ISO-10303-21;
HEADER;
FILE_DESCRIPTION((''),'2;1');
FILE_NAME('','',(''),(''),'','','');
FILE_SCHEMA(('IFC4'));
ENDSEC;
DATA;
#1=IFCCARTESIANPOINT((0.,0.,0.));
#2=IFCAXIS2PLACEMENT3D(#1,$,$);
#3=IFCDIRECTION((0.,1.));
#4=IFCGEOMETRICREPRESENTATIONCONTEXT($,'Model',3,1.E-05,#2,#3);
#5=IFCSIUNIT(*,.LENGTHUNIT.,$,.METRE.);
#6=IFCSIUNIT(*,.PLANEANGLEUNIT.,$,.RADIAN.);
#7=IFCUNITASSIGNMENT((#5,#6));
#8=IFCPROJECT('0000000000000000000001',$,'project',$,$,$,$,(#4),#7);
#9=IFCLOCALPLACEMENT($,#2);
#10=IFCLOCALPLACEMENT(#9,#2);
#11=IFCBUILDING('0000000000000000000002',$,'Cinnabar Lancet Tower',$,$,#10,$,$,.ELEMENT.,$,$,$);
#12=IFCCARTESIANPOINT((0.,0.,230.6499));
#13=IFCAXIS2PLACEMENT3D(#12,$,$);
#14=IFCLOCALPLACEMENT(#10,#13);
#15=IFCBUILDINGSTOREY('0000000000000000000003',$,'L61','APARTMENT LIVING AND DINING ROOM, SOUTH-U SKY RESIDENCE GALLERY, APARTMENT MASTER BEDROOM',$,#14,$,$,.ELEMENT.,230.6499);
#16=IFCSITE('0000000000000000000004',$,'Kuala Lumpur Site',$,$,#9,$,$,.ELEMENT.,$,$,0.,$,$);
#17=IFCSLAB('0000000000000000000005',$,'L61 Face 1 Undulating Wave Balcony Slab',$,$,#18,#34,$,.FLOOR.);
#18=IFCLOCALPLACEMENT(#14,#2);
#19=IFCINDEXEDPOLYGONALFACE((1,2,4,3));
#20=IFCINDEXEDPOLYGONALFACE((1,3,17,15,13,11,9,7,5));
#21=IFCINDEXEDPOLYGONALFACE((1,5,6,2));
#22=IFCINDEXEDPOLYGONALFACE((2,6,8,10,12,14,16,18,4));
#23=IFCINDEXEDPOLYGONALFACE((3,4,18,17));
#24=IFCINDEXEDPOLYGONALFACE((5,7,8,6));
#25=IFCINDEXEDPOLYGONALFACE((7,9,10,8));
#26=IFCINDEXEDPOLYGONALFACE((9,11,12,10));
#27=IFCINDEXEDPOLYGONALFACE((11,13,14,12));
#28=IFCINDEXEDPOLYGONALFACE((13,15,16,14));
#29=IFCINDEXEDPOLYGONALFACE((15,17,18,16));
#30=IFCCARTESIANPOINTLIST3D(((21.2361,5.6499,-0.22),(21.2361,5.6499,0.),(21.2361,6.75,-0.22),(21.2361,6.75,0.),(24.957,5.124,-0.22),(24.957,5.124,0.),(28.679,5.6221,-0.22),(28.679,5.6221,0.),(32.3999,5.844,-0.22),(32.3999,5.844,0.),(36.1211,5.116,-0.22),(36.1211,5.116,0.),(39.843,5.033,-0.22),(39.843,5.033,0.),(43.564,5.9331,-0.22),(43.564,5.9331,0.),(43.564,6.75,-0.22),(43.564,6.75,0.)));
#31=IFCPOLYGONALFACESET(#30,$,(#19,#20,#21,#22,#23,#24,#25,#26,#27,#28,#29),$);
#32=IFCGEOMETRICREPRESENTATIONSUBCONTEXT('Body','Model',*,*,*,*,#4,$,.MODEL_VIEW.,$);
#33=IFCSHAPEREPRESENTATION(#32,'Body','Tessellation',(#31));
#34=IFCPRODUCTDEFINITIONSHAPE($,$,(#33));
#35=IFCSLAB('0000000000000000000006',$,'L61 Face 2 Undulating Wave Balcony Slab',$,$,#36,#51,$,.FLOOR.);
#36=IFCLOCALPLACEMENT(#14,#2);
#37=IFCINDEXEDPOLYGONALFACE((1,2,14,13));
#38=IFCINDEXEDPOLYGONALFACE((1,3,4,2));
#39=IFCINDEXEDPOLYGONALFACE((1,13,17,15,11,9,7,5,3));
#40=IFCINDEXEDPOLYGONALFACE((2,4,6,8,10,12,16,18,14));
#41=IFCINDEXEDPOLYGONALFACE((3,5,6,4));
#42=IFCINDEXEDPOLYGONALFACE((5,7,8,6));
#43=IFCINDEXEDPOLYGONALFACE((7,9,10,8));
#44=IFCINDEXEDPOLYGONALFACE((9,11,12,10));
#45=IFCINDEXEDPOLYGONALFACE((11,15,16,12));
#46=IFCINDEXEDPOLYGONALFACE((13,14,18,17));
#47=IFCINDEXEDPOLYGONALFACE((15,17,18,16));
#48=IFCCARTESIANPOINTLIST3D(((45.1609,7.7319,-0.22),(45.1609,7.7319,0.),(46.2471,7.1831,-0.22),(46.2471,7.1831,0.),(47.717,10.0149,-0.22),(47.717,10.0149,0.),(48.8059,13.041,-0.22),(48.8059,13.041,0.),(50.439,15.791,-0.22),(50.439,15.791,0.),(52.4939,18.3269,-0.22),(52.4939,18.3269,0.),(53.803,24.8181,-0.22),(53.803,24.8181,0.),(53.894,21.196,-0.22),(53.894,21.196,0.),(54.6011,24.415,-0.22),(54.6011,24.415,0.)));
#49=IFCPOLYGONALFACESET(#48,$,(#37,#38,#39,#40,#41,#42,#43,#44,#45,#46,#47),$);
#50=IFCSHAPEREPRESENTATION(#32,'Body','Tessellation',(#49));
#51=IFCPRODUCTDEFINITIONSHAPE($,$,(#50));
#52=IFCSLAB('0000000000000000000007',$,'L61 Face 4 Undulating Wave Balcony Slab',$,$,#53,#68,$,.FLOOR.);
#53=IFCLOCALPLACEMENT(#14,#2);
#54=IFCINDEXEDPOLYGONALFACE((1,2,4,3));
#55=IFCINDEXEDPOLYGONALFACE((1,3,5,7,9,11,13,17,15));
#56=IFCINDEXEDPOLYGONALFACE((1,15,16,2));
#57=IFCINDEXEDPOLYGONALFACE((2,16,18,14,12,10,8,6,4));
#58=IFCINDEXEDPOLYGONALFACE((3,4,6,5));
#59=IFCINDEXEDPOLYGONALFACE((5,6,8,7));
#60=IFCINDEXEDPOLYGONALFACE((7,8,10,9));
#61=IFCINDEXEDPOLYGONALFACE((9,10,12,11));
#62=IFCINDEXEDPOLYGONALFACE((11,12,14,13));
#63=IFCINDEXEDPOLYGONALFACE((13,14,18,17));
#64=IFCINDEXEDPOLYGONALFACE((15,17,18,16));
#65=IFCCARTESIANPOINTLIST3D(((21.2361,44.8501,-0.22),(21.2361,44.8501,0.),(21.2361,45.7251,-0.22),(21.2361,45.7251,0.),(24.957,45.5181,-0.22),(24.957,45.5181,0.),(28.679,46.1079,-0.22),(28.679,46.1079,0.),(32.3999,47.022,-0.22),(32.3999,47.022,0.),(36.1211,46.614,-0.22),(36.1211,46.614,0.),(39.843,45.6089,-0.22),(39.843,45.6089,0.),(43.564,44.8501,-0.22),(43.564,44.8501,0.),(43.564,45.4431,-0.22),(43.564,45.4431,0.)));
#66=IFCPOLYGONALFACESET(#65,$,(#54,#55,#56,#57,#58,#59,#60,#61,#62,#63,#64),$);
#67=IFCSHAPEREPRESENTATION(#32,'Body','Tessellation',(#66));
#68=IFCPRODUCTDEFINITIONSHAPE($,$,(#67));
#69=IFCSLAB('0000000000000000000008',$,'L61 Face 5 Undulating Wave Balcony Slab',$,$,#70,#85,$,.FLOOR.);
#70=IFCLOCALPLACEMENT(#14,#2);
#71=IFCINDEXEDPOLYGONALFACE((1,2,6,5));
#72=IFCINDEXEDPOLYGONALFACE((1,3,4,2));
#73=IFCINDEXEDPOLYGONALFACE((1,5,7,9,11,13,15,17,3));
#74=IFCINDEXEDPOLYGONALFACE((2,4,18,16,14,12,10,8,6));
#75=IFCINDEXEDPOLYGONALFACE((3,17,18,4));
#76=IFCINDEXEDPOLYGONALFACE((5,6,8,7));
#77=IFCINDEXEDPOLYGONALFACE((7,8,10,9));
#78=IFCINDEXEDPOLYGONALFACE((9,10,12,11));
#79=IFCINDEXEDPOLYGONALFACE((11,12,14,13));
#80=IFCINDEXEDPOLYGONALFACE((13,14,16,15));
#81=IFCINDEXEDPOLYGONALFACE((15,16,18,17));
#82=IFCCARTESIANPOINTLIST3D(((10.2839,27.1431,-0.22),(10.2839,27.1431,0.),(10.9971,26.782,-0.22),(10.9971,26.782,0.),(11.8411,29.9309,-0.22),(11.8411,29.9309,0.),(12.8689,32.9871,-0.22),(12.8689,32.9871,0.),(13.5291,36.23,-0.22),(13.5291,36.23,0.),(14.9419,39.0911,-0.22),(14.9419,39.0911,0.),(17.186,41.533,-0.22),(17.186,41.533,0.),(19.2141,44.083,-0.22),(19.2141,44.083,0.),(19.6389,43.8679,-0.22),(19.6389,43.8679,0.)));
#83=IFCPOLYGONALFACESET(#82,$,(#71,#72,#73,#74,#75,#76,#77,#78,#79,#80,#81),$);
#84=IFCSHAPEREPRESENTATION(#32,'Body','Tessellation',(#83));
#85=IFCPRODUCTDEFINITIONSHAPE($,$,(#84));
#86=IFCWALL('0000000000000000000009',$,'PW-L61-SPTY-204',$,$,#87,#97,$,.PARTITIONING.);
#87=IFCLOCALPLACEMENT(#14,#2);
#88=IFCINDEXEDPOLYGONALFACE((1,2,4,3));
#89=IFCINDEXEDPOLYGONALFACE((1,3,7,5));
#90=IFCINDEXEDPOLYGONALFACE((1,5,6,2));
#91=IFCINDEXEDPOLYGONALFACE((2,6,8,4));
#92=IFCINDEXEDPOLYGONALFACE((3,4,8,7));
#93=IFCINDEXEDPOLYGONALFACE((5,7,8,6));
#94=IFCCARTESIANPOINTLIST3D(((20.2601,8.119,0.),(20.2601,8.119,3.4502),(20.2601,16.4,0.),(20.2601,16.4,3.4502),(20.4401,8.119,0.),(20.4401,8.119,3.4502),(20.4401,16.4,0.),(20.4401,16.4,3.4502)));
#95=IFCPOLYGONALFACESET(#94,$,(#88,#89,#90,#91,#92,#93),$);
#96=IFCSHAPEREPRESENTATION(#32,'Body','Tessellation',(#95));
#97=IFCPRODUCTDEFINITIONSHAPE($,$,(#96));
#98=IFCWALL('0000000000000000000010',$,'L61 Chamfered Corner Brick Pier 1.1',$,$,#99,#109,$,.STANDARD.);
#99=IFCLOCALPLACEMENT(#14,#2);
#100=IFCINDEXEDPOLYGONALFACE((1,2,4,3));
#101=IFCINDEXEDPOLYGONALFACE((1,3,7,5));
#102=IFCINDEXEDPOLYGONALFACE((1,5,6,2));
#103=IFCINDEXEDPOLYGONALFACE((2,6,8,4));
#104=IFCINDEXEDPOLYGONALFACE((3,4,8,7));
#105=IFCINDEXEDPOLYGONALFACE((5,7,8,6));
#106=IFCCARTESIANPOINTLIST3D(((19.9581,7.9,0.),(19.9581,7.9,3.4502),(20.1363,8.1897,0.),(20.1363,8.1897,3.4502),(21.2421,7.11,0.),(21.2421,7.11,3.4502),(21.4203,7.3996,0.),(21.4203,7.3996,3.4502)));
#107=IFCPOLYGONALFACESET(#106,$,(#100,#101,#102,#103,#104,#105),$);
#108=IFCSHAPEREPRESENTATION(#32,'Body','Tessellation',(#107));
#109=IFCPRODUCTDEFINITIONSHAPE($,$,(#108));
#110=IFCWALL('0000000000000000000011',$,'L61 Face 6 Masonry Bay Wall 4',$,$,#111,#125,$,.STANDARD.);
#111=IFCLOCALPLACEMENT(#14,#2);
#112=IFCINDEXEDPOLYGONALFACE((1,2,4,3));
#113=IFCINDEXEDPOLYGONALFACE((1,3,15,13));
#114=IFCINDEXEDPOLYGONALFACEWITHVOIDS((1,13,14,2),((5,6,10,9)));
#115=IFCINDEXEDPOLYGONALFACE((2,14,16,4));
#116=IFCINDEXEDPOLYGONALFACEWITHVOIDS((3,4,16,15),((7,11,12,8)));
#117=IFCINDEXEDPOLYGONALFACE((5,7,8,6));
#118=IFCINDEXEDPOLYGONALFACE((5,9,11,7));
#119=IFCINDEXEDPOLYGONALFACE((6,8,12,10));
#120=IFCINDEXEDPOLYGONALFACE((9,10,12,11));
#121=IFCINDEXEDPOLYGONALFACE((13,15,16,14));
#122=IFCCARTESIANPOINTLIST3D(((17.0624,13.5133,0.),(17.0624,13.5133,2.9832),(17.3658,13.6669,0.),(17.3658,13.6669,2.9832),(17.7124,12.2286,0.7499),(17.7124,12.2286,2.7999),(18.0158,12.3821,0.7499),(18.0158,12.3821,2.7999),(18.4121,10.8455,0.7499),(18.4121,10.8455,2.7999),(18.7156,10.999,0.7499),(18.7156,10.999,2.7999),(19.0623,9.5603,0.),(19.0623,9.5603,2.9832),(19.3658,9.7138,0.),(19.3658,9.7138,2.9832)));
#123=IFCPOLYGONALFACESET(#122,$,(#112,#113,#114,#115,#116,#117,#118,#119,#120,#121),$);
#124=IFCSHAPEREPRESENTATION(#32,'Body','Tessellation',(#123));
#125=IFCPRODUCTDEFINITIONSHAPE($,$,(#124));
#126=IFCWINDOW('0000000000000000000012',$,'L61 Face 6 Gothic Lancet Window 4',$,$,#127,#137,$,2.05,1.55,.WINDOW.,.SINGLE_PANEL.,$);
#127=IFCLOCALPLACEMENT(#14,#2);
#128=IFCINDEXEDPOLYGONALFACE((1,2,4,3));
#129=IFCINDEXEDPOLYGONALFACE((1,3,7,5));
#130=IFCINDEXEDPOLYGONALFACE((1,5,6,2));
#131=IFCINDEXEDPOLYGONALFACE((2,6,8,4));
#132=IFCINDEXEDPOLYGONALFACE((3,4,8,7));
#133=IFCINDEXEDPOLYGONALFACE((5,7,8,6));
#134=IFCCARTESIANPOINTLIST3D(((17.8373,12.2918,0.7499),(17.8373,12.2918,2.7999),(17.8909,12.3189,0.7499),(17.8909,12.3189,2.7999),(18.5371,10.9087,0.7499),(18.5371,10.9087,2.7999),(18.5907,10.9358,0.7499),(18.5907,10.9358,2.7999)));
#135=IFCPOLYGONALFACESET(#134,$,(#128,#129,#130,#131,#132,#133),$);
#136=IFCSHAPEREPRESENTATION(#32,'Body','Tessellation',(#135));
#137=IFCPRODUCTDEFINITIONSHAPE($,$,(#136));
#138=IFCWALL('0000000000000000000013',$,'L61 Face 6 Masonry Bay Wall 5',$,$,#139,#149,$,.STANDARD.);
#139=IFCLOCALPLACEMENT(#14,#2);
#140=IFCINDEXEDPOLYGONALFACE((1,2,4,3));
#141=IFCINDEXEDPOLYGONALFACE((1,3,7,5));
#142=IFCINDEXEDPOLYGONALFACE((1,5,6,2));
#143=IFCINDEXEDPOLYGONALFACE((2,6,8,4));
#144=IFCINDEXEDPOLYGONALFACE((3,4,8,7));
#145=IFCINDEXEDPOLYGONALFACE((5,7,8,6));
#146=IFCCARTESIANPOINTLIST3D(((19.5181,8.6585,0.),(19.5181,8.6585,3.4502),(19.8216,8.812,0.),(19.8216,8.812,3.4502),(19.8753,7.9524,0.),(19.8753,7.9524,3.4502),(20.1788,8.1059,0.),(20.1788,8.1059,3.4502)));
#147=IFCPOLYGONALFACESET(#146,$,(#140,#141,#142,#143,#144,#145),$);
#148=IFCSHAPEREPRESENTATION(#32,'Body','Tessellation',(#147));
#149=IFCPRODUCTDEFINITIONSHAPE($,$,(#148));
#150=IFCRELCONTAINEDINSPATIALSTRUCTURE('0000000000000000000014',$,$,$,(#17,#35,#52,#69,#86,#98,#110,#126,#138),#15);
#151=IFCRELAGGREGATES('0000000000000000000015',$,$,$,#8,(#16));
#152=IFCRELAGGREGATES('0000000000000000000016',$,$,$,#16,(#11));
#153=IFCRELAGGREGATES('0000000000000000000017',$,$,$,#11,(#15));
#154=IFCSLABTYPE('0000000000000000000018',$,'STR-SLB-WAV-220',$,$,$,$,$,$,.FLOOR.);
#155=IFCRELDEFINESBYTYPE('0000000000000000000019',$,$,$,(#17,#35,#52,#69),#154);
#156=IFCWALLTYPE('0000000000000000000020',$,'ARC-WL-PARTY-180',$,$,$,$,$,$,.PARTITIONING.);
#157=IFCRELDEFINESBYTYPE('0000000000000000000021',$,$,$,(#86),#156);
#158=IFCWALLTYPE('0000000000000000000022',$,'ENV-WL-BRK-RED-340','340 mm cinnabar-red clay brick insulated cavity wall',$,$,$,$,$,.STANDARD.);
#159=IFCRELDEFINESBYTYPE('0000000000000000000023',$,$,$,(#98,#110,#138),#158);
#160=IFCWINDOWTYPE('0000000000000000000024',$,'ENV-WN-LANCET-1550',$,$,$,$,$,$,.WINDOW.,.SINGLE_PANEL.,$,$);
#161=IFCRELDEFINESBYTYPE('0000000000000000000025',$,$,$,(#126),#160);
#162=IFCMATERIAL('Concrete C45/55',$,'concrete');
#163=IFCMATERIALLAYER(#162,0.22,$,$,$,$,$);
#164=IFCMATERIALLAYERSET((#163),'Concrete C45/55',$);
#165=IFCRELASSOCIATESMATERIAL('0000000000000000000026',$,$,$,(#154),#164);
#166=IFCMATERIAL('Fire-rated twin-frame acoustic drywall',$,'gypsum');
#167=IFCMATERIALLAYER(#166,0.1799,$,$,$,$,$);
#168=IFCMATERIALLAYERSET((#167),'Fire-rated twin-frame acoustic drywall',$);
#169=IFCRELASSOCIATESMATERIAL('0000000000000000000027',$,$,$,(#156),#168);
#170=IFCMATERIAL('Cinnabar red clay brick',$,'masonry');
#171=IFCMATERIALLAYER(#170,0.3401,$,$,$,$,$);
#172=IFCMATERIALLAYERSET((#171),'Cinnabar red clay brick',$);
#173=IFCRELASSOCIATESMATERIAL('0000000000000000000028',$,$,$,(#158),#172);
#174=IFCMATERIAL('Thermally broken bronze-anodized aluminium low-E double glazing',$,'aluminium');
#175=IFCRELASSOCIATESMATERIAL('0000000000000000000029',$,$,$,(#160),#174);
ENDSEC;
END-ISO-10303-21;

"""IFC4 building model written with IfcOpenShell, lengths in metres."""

from ifc_helpers import new_model, si_unit, direction, frame, frame_2d, origin, place, context, subcontext, project, spatial, polyline, rectangle, outline, extrude, material, layer, layer_set, type_object, element, fill, save


model = new_model("IFC4")

# Units and contexts
model_context = context("Model", 3, precision=1e-05, world=origin(), true_north=direction((0.0, 1.0)))
body_context = subcontext(model_context, "Body", "Model", "MODEL_VIEW")
ifc_project = project(units=[si_unit("LENGTHUNIT", "METRE"), si_unit("PLANEANGLEUNIT", "RADIAN")], contexts=[model_context])

# Site, building, storey
site_placement = place(None, origin())
site = spatial("IfcSite", under=ifc_project, at=site_placement, Name="Kuala Lumpur Site", CompositionType="ELEMENT", RefElevation=0.0)
building_placement = place(site_placement, origin())
building = spatial("IfcBuilding", under=site, at=building_placement, Name="Cinnabar Lancet Tower", CompositionType="ELEMENT")
storey_placement = place(building_placement, frame((0.0, 0.0, 230.6499)))
storey = spatial("IfcBuildingStorey", under=building, at=storey_placement, Name="L61", Description="APARTMENT LIVING AND DINING ROOM, SOUTH-U SKY RESIDENCE GALLERY, APARTMENT MASTER BEDROOM", CompositionType="ELEMENT", Elevation=230.6499)

# Slabs
ifc_material_1 = material(Name="Concrete C45/55", Category="concrete")
ifc_layer_1 = layer(ifc_material_1, 0.22)
ifc_layer_set_1 = layer_set([ifc_layer_1], Name="Concrete C45/55")
slab_type_1 = type_object("IfcSlabType", Name="STR-SLB-WAV-220", PredefinedType="FLOOR", material=ifc_layer_set_1)
slab_1_placement = place(storey_placement, frame((0.0, 0.0, -0.22)))
element("IfcSlab", 1, at=slab_1_placement, inside=storey, type_object=slab_type_1, Name="L61 Face 1 Undulating Wave Balcony Slab", PredefinedType="FLOOR", context=body_context, shape_type="SweptSolid", body=[
    extrude(outline(polyline([(21.2361, 6.75), (21.2361, 5.6499), (24.957, 5.124), (28.679, 5.6221), (32.3999, 5.844), (36.1211, 5.116), (39.843, 5.033), (43.564, 5.9331), (43.564, 6.75), (21.2361, 6.75)])), origin(), (0.0, 0.0, 1.0), 0.22),
])
slab_2_placement = place(storey_placement, frame((0.0, 0.0, -0.22)))
element("IfcSlab", 2, at=slab_2_placement, inside=storey, type_object=slab_type_1, Name="L61 Face 2 Undulating Wave Balcony Slab", PredefinedType="FLOOR", context=body_context, shape_type="SweptSolid", body=[
    extrude(outline(polyline([(45.1609, 7.7319), (46.2471, 7.1831), (47.717, 10.0149), (48.8059, 13.041), (50.439, 15.791), (52.4939, 18.3269), (53.894, 21.196), (54.6011, 24.415), (53.803, 24.8181), (45.1609, 7.7319)])), origin(), (0.0, 0.0, 1.0), 0.22),
])
slab_3_placement = place(storey_placement, frame((0.0, 0.0, -0.22)))
element("IfcSlab", 3, at=slab_3_placement, inside=storey, type_object=slab_type_1, Name="L61 Face 4 Undulating Wave Balcony Slab", PredefinedType="FLOOR", context=body_context, shape_type="SweptSolid", body=[
    extrude(outline(polyline([(43.564, 44.8501), (43.564, 45.4431), (39.843, 45.6089), (36.1211, 46.614), (32.3999, 47.022), (28.679, 46.1079), (24.957, 45.5181), (21.2361, 45.7251), (21.2361, 44.8501), (43.564, 44.8501)])), origin(), (0.0, 0.0, 1.0), 0.22),
])
slab_4_placement = place(storey_placement, frame((0.0, 0.0, -0.22)))
element("IfcSlab", 4, at=slab_4_placement, inside=storey, type_object=slab_type_1, Name="L61 Face 5 Undulating Wave Balcony Slab", PredefinedType="FLOOR", context=body_context, shape_type="SweptSolid", body=[
    extrude(outline(polyline([(19.6389, 43.8679), (19.2141, 44.083), (17.186, 41.533), (14.9419, 39.0911), (13.5291, 36.23), (12.8689, 32.9871), (11.8411, 29.9309), (10.2839, 27.1431), (10.9971, 26.782), (19.6389, 43.8679)])), origin(), (0.0, 0.0, 1.0), 0.22),
])

# Walls
ifc_material_2 = material(Name="Fire-rated twin-frame acoustic drywall", Category="gypsum")
ifc_layer_2 = layer(ifc_material_2, 0.1799)
ifc_layer_set_2 = layer_set([ifc_layer_2], Name="Fire-rated twin-frame acoustic drywall")
wall_type_1 = type_object("IfcWallType", Name="ARC-WL-PARTY-180", PredefinedType="PARTITIONING", material=ifc_layer_set_2)
wall_1_placement = place(storey_placement, frame((20.3501, 8.1189, 0.0), z_axis=(0.0, 0.0, 1.0), x_axis=(0.0, 1.0, 0.0)))
element("IfcWall", 5, at=wall_1_placement, inside=storey, type_object=wall_type_1, Name="PW-L61-SPTY-204", PredefinedType="PARTITIONING", context=body_context, shape_type="SweptSolid", body=[
    extrude(rectangle(XDim=8.281, YDim=0.1799, at=frame_2d((4.1406, 0.0))), origin(), (0.0, 0.0, 1.0), 3.4502),
])
ifc_material_3 = material(Name="Cinnabar red clay brick", Category="masonry")
ifc_layer_3 = layer(ifc_material_3, 0.3401)
ifc_layer_set_3 = layer_set([ifc_layer_3], Name="Cinnabar red clay brick")
wall_type_2 = type_object("IfcWallType", Name="ENV-WL-BRK-RED-340", Description="340 mm cinnabar-red clay brick insulated cavity wall", PredefinedType="STANDARD", material=ifc_layer_set_3)
wall_2_placement = place(storey_placement, frame((20.0471, 8.0449, 0.0), z_axis=(0.0, 0.0, 1.0), x_axis=(0.851681, -0.524061, 0.0)))
element("IfcWall", 6, at=wall_2_placement, inside=storey, type_object=wall_type_2, Name="L61 Chamfered Corner Brick Pier 1.1", PredefinedType="STANDARD", context=body_context, shape_type="SweptSolid", body=[
    extrude(rectangle(XDim=1.5076, YDim=0.3401, at=frame_2d((0.7539, 0.0))), origin(), (0.0, 0.0, 1.0), 3.4502),
])

# Wall, opening, window
wall_3_placement = place(storey_placement, frame((17.2141, 13.5901, 0.0), z_axis=(0.0, 0.0, 1.0), x_axis=(0.451441, -0.892301, 0.0)))
wall_3 = element("IfcWall", 7, at=wall_3_placement, inside=storey, type_object=wall_type_2, Name="L61 Face 6 Masonry Bay Wall 4", PredefinedType="STANDARD", context=body_context, shape_type="SweptSolid", body=[
    extrude(rectangle(XDim=4.4302, YDim=0.3401, at=frame_2d((2.2151, 0.0))), origin(), (0.0, 0.0, 1.0), 2.9832),
])
opening_placement = place(wall_3_placement, frame((1.4399, 0.0, 0.75)))
opening = element("IfcOpeningElement", 8, at=opening_placement, cuts=wall_3, PredefinedType="OPENING", context=body_context, shape_type="SweptSolid", body=[
    extrude(rectangle(XDim=1.55, YDim=2.05, at=frame_2d((0.7749, 1.0249))), frame((0.0, 0.1799, 0.0), z_axis=(0.0, -1.0, 0.0), x_axis=(1.0, 0.0, 0.0)), (0.0, 0.0, 1.0), 0.3601),
])
ifc_material_4 = material(Name="Thermally broken bronze-anodized aluminium low-E double glazing", Category="aluminium")
window_type = type_object("IfcWindowType", Name="ENV-WN-LANCET-1550", PartitioningType="SINGLE_PANEL", PredefinedType="WINDOW", material=ifc_material_4)
window_placement = place(opening_placement, origin())
window = element("IfcWindow", 9, at=window_placement, inside=storey, type_object=window_type, Name="L61 Face 6 Gothic Lancet Window 4", OverallHeight=2.05, OverallWidth=1.55, PartitioningType="SINGLE_PANEL", PredefinedType="WINDOW", context=body_context, shape_type="SweptSolid", body=[
    extrude(rectangle(XDim=1.55, YDim=2.05, at=frame_2d((0.7749, 1.0249))), frame((0.0, 0.03, 0.0), z_axis=(0.0, -1.0, 0.0), x_axis=(1.0, 0.0, 0.0)), (0.0, 0.0, 1.0), 0.0601),
])
fill(opening, window)

# Wall
wall_4_placement = place(storey_placement, frame((19.6699, 8.7351, 0.0), z_axis=(0.0, 0.0, 1.0), x_axis=(0.451405, -0.892319, 0.0)))
element("IfcWall", 10, at=wall_4_placement, inside=storey, type_object=wall_type_2, Name="L61 Face 6 Masonry Bay Wall 5", PredefinedType="STANDARD", context=body_context, shape_type="SweptSolid", body=[
    extrude(rectangle(XDim=0.7913, YDim=0.3401, at=frame_2d((0.3955, 0.0))), origin(), (0.0, 0.0, 1.0), 3.4502),
])

save(model, "model.ifc")
